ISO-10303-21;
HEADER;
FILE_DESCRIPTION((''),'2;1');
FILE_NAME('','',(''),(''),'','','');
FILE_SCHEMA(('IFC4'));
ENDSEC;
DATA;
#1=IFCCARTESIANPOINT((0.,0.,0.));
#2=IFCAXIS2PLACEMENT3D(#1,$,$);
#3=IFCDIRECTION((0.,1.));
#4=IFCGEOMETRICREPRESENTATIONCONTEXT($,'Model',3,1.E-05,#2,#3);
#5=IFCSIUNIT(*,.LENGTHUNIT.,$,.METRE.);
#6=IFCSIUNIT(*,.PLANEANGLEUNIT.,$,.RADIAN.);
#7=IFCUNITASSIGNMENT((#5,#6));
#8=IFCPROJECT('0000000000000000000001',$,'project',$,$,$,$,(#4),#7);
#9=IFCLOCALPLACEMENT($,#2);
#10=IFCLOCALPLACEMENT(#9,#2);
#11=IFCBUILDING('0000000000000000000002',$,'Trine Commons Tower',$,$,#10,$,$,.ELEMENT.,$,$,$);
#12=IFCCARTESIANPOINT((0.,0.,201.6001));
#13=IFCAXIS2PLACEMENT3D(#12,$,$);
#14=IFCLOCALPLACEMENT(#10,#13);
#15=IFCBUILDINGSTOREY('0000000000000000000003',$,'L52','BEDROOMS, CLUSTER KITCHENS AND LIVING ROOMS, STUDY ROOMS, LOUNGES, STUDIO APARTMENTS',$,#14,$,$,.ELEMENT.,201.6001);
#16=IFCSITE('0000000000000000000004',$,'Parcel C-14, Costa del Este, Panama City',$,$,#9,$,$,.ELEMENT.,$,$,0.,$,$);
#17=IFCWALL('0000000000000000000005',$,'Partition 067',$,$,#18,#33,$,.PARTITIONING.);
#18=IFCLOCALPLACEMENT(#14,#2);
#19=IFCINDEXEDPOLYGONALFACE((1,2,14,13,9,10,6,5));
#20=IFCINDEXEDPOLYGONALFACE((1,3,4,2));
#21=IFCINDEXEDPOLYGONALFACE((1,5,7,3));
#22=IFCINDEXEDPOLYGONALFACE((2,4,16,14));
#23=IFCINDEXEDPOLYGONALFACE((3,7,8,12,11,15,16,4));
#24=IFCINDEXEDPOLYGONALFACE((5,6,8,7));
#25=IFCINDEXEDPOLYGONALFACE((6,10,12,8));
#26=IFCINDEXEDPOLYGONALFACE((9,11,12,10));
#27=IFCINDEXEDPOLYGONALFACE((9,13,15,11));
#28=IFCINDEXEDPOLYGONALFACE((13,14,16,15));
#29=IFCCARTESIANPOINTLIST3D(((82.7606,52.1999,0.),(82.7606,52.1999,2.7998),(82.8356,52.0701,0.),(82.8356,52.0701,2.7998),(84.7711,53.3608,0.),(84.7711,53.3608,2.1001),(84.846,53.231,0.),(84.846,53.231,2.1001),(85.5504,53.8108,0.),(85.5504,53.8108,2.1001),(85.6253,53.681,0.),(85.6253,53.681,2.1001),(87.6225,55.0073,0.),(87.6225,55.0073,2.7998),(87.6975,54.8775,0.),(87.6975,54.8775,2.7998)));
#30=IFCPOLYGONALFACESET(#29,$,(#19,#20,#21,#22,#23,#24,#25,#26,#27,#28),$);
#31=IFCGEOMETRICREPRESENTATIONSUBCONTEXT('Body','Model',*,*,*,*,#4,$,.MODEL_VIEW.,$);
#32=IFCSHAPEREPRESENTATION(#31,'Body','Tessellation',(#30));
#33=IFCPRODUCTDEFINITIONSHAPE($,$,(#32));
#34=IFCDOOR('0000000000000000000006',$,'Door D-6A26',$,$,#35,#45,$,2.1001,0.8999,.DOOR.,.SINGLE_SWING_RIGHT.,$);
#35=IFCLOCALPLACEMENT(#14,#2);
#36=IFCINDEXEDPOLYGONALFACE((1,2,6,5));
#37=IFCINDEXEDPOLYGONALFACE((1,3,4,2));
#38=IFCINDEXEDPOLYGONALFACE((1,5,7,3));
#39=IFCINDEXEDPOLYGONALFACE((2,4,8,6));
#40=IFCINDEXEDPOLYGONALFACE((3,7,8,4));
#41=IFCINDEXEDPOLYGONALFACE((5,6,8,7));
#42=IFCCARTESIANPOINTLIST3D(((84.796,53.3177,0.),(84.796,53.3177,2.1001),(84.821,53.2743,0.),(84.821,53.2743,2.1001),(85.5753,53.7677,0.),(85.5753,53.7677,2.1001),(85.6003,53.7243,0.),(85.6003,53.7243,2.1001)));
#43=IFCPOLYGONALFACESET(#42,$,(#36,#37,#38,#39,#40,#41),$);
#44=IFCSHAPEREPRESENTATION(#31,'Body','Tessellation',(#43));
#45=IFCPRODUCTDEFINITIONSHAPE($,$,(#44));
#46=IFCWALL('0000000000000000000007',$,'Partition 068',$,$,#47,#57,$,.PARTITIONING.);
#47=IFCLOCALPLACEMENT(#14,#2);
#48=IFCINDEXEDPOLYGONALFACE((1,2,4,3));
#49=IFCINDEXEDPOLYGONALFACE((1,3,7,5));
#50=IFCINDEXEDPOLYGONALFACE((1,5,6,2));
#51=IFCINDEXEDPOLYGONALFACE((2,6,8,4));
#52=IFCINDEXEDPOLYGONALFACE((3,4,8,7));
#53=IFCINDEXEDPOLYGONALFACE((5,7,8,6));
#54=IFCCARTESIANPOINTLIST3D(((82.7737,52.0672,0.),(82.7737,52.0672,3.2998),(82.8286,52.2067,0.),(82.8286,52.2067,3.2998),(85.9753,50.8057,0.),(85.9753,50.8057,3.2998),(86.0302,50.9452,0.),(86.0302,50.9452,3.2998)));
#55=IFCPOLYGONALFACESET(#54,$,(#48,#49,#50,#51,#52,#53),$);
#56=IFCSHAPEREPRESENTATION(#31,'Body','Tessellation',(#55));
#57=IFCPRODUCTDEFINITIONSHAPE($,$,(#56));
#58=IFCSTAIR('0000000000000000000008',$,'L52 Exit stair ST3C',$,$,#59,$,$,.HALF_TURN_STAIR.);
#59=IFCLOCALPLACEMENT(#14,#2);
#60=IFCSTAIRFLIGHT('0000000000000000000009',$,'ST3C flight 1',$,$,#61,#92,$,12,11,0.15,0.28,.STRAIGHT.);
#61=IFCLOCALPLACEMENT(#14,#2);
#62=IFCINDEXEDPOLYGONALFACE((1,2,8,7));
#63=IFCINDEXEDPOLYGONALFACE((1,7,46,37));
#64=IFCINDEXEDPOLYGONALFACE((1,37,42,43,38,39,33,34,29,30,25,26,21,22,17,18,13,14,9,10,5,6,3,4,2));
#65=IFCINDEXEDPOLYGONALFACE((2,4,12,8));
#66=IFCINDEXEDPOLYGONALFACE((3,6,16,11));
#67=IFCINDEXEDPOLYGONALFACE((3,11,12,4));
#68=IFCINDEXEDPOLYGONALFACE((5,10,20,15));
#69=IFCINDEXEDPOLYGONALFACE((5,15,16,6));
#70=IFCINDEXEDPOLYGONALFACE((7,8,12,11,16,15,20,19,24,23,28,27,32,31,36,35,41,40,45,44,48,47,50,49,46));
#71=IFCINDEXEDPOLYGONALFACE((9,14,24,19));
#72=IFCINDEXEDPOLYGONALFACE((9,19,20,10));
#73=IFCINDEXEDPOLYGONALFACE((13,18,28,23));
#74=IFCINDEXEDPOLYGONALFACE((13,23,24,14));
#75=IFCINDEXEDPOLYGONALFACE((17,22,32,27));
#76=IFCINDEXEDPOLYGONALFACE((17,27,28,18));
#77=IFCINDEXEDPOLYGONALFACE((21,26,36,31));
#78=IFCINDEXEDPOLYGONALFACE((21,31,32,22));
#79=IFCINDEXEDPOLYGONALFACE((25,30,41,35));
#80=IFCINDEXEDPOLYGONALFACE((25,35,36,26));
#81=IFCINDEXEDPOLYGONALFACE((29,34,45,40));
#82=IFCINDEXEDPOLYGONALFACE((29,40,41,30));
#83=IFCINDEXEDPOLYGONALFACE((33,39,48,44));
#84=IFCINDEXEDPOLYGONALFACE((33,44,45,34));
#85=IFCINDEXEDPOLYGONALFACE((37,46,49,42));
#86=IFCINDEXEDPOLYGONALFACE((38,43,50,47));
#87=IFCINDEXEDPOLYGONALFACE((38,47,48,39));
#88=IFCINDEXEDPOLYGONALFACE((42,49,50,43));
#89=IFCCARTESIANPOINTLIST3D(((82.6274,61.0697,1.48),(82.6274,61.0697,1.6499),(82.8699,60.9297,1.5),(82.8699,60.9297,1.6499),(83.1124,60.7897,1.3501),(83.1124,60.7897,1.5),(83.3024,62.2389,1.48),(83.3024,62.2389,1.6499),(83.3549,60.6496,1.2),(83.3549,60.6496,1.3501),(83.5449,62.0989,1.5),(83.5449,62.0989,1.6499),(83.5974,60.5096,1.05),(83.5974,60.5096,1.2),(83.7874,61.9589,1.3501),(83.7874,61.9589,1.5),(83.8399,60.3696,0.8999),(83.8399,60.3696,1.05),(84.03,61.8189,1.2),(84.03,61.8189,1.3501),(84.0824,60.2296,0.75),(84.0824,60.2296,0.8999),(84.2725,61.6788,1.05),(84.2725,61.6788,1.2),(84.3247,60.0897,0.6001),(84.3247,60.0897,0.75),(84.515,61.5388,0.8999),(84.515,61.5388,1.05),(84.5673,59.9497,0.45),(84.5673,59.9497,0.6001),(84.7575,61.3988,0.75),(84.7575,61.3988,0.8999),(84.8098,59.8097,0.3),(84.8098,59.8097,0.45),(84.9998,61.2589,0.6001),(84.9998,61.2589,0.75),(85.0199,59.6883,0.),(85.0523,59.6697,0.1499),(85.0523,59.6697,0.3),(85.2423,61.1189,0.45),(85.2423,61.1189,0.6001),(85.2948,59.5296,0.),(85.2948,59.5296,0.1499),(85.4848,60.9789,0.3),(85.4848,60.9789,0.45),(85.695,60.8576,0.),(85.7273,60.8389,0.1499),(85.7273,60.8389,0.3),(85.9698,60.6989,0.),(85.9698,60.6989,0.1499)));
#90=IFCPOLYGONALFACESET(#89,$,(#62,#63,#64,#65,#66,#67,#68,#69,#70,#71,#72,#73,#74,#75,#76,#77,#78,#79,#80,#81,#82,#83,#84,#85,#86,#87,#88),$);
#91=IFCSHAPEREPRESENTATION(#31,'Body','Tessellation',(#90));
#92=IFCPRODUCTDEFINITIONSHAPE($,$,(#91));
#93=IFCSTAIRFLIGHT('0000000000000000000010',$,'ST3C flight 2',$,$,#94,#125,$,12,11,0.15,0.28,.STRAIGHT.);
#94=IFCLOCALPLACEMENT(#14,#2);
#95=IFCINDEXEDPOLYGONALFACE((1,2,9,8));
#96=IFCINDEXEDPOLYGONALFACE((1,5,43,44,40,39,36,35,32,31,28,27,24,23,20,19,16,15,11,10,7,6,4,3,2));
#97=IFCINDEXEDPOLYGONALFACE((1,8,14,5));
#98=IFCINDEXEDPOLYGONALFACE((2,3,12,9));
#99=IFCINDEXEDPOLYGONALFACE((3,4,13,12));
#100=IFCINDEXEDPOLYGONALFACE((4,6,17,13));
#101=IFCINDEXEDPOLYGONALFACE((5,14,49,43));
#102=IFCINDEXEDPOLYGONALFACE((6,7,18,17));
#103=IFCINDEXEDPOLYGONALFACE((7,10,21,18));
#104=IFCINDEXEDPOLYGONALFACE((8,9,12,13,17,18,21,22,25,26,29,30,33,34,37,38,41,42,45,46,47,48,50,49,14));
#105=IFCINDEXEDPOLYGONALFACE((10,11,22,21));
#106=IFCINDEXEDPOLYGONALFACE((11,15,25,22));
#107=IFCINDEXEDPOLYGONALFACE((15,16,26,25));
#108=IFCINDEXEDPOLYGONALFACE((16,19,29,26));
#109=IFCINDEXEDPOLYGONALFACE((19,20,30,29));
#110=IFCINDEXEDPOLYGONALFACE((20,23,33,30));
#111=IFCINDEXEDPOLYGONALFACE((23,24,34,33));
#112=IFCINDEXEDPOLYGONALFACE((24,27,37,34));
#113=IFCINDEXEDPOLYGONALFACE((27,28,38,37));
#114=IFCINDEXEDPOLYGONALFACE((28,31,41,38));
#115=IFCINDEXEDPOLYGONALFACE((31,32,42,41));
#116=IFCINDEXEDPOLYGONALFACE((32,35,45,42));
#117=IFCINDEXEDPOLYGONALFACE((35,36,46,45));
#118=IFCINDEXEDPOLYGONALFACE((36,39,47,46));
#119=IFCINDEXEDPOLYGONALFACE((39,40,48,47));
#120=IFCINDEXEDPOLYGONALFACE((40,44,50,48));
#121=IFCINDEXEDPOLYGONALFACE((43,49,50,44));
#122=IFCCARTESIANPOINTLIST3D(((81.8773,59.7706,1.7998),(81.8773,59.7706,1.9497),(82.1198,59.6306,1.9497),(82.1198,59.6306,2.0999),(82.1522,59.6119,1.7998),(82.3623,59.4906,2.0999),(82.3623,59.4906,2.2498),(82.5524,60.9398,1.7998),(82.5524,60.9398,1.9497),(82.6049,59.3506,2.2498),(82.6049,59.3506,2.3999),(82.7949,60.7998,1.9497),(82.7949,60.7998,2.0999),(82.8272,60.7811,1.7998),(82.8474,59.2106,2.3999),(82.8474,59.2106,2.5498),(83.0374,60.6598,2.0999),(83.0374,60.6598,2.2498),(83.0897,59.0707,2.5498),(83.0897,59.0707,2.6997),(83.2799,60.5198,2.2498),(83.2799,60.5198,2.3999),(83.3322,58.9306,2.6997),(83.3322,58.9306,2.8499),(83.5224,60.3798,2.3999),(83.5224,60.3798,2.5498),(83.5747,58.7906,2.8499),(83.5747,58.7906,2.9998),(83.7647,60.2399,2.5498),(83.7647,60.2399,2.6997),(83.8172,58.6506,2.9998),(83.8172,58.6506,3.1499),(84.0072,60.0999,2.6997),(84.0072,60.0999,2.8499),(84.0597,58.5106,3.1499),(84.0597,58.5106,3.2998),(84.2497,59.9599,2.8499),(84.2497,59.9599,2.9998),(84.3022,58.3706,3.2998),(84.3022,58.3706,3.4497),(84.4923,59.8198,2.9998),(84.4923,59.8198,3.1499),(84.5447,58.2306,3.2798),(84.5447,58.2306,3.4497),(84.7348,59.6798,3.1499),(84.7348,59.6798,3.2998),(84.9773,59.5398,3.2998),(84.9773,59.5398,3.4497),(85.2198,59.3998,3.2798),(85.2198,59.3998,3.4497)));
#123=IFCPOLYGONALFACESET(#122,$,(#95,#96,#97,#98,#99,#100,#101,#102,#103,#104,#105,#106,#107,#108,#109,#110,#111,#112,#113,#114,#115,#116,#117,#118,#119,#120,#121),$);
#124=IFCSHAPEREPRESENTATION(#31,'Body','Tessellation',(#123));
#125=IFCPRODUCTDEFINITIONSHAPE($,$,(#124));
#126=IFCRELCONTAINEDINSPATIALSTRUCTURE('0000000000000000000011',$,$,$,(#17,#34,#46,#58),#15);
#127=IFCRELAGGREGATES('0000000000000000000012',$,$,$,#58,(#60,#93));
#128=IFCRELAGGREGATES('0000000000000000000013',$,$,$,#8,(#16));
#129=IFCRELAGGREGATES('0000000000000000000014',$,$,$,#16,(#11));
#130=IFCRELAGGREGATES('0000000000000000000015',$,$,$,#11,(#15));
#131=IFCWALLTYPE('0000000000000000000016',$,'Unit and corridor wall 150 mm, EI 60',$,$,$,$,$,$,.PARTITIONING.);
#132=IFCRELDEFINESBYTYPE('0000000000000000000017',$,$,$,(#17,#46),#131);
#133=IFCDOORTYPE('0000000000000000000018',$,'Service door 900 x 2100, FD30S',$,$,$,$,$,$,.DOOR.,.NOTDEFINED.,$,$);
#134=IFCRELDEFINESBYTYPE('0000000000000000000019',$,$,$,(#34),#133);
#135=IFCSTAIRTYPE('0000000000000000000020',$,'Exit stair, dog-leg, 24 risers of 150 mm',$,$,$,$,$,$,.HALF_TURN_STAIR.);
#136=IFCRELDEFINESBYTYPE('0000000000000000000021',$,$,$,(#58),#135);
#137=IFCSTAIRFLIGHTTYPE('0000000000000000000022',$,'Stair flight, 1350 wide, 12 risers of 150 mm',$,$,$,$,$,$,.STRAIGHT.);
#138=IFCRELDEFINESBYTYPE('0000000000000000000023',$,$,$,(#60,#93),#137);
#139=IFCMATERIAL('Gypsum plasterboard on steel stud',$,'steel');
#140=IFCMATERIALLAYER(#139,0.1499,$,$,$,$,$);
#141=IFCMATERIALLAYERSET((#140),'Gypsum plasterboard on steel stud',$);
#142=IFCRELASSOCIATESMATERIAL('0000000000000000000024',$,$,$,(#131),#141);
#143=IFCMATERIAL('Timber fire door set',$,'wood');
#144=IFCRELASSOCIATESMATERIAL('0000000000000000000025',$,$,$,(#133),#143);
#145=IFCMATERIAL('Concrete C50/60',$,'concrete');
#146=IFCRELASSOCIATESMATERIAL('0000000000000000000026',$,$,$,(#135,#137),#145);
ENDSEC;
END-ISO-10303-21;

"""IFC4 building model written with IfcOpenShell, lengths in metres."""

from ifc_helpers import new_model, si_unit, direction, frame, frame_2d, origin, place, context, subcontext, project, spatial, polyline, rectangle, outline, extrude, material, layer, layer_set, type_object, element, fill, aggregate, save


model = new_model("IFC4")

# Units and contexts
model_context = context("Model", 3, precision=1e-05, world=origin(), true_north=direction((0.0, 1.0)))
body_context = subcontext(model_context, "Body", "Model", "MODEL_VIEW")
ifc_project = project(units=[si_unit("LENGTHUNIT", "METRE"), si_unit("PLANEANGLEUNIT", "RADIAN")], contexts=[model_context])

# Site, building, storey
site_placement = place(None, origin())
site = spatial("IfcSite", under=ifc_project, at=site_placement, Name="Parcel C-14, Costa del Este, Panama City", CompositionType="ELEMENT", RefElevation=0.0)
building_placement = place(site_placement, origin())
building = spatial("IfcBuilding", under=site, at=building_placement, Name="Trine Commons Tower", CompositionType="ELEMENT")
storey_placement = place(building_placement, frame((0.0, 0.0, 201.6001)))
storey = spatial("IfcBuildingStorey", under=building, at=storey_placement, Name="L52", Description="BEDROOMS, CLUSTER KITCHENS AND LIVING ROOMS, STUDY ROOMS, LOUNGES, STUDIO APARTMENTS", CompositionType="ELEMENT", Elevation=201.6001)

# Wall, opening, door
ifc_material_1 = material(Name="Gypsum plasterboard on steel stud", Category="steel")
ifc_layer_1 = layer(ifc_material_1, 0.1499)
ifc_layer_set_1 = layer_set([ifc_layer_1], Name="Gypsum plasterboard on steel stud")
wall_type_1 = type_object("IfcWallType", Name="Unit and corridor wall 150 mm, EI 60", PredefinedType="PARTITIONING", material=ifc_layer_set_1)
wall_1_placement = place(storey_placement, frame((82.7981, 52.135, 0.0), z_axis=(0.0, 0.0, 1.0), x_axis=(0.865994, 0.500054, 0.0)))
wall_1 = element("IfcWall", 1, at=wall_1_placement, inside=storey, type_object=wall_type_1, Name="Partition 067", PredefinedType="PARTITIONING", context=body_context, shape_type="SweptSolid", body=[
    extrude(rectangle(XDim=5.6143, YDim=0.1499, at=frame_2d((2.8071, 0.0))), origin(), (0.0, 0.0, 1.0), 2.7998),
])
opening_1_placement = place(wall_1_placement, frame((2.3215, 0.0, 0.0)))
opening_1 = element("IfcOpeningElement", 2, at=opening_1_placement, cuts=wall_1, PredefinedType="OPENING", context=body_context, shape_type="SweptSolid", body=[
    extrude(rectangle(XDim=0.8999, YDim=2.1001, at=frame_2d((0.45, 1.05))), frame((0.0, 0.085, 0.0), z_axis=(0.0, -1.0, 0.0), x_axis=(1.0, 0.0, 0.0)), (0.0, 0.0, 1.0), 0.1699),
])
ifc_material_2 = material(Name="Timber fire door set", Category="wood")
door_type_1 = type_object("IfcDoorType", Name="Service door 900 x 2100, FD30S", OperationType="NOTDEFINED", PredefinedType="DOOR", material=ifc_material_2)
door_1_placement = place(opening_1_placement, frame((0.8999, 0.0, 0.0), z_axis=(0.0, 0.0, 1.0), x_axis=(-1.0, 0.0, 0.0)))
door_1 = element("IfcDoor", 3, at=door_1_placement, inside=storey, type_object=door_type_1, Name="Door D-6A26", OperationType="SINGLE_SWING_RIGHT", OverallHeight=2.1001, OverallWidth=0.8999, PredefinedType="DOOR", context=body_context, shape_type="SweptSolid", body=[
    extrude(rectangle(XDim=0.8999, YDim=2.1001, at=frame_2d((0.45, 1.05))), frame((0.0, 0.0249, 0.0), z_axis=(0.0, -1.0, 0.0), x_axis=(1.0, 0.0, 0.0)), (0.0, 0.0, 1.0), 0.05),
])
fill(opening_1, door_1)

# Wall
wall_2_placement = place(storey_placement, frame((82.801, 52.137, 0.0), z_axis=(0.0, 0.0, 1.0), x_axis=(0.930387, -0.366578, 0.0)))
element("IfcWall", 4, at=wall_2_placement, inside=storey, type_object=wall_type_1, Name="Partition 068", PredefinedType="PARTITIONING", context=body_context, shape_type="SweptSolid", body=[
    extrude(rectangle(XDim=3.4412, YDim=0.1499, at=frame_2d((1.7207, 0.0))), origin(), (0.0, 0.0, 1.0), 3.2998),
])

# Stair, stair flights
ifc_material_3 = material(Name="Concrete C50/60", Category="concrete")
stair_type = type_object("IfcStairType", Name="Exit stair, dog-leg, 24 risers of 150 mm", PredefinedType="HALF_TURN_STAIR", material=ifc_material_3)
stair_placement = place(storey_placement, origin())
stair = element("IfcStair", 5, at=stair_placement, inside=storey, type_object=stair_type, Name="L52 Exit stair ST3C", PredefinedType="HALF_TURN_STAIR")
stair_flight_type = type_object("IfcStairFlightType", Name="Stair flight, 1350 wide, 12 risers of 150 mm", PredefinedType="STRAIGHT", material=ifc_material_3)
stair_flight_1_placement = place(storey_placement, frame((85.6323, 60.1143, 0.0), z_axis=(0.0, 0.0, 1.0), x_axis=(-0.866025, 0.5, 0.0)))
stair_flight_1 = element("IfcStairFlight", 6, at=stair_flight_1_placement, type_object=stair_flight_type, Name="ST3C flight 1", NumberOfRisers=12, NumberOfTreads=11, PredefinedType="STRAIGHT", RiserHeight=0.15, TreadLength=0.28, context=body_context, shape_type="SweptSolid", body=[
    extrude(outline(polyline([(0.0, 0.0), (0.0, 0.1499), (0.28, 0.1499), (0.28, 0.3), (0.5601, 0.3), (0.5601, 0.45), (0.8401, 0.45), (0.8401, 0.6001), (1.1201, 0.6001), (1.1201, 0.75), (1.3999, 0.75), (1.3999, 0.8999), (1.6799, 0.8999), (1.6799, 1.05), (1.96, 1.05), (1.96, 1.2), (2.24, 1.2), (2.24, 1.3501), (2.52, 1.3501), (2.52, 1.5), (2.8, 1.5), (2.8, 1.6499), (3.0801, 1.6499), (3.0801, 1.8), (3.0801, 1.48), (0.3174, 0.0), (0.0, 0.0)])), frame((0.0, 0.675, 0.0), z_axis=(0.0, -1.0, 0.0), x_axis=(1.0, 0.0, 0.0)), (0.0, 0.0, 1.0), 1.3501),
])
stair_flight_2_placement = place(storey_placement, frame((82.2148, 60.3552, 1.7998), z_axis=(0.0, 0.0, 1.0), x_axis=(0.866025, -0.5, 0.0)))
stair_flight_2 = element("IfcStairFlight", 7, at=stair_flight_2_placement, type_object=stair_flight_type, Name="ST3C flight 2", NumberOfRisers=12, NumberOfTreads=11, PredefinedType="STRAIGHT", RiserHeight=0.15, TreadLength=0.28, context=body_context, shape_type="SweptSolid", body=[
    extrude(outline(polyline([(0.0, 0.0), (0.0, 0.1499), (0.28, 0.1499), (0.28, 0.3), (0.5601, 0.3), (0.5601, 0.45), (0.8401, 0.45), (0.8401, 0.6001), (1.1201, 0.6001), (1.1201, 0.75), (1.3999, 0.75), (1.3999, 0.8999), (1.6799, 0.8999), (1.6799, 1.05), (1.96, 1.05), (1.96, 1.2), (2.24, 1.2), (2.24, 1.3501), (2.52, 1.3501), (2.52, 1.5), (2.8, 1.5), (2.8, 1.6499), (3.0801, 1.6499), (3.0801, 1.8), (3.0801, 1.48), (0.3174, 0.0), (0.0, 0.0)])), frame((0.0, 0.675, 0.0), z_axis=(0.0, -1.0, 0.0), x_axis=(1.0, 0.0, 0.0)), (0.0, 0.0, 1.0), 1.3501),
])
aggregate(stair, [stair_flight_1, stair_flight_2])

save(model, "model.ifc")
